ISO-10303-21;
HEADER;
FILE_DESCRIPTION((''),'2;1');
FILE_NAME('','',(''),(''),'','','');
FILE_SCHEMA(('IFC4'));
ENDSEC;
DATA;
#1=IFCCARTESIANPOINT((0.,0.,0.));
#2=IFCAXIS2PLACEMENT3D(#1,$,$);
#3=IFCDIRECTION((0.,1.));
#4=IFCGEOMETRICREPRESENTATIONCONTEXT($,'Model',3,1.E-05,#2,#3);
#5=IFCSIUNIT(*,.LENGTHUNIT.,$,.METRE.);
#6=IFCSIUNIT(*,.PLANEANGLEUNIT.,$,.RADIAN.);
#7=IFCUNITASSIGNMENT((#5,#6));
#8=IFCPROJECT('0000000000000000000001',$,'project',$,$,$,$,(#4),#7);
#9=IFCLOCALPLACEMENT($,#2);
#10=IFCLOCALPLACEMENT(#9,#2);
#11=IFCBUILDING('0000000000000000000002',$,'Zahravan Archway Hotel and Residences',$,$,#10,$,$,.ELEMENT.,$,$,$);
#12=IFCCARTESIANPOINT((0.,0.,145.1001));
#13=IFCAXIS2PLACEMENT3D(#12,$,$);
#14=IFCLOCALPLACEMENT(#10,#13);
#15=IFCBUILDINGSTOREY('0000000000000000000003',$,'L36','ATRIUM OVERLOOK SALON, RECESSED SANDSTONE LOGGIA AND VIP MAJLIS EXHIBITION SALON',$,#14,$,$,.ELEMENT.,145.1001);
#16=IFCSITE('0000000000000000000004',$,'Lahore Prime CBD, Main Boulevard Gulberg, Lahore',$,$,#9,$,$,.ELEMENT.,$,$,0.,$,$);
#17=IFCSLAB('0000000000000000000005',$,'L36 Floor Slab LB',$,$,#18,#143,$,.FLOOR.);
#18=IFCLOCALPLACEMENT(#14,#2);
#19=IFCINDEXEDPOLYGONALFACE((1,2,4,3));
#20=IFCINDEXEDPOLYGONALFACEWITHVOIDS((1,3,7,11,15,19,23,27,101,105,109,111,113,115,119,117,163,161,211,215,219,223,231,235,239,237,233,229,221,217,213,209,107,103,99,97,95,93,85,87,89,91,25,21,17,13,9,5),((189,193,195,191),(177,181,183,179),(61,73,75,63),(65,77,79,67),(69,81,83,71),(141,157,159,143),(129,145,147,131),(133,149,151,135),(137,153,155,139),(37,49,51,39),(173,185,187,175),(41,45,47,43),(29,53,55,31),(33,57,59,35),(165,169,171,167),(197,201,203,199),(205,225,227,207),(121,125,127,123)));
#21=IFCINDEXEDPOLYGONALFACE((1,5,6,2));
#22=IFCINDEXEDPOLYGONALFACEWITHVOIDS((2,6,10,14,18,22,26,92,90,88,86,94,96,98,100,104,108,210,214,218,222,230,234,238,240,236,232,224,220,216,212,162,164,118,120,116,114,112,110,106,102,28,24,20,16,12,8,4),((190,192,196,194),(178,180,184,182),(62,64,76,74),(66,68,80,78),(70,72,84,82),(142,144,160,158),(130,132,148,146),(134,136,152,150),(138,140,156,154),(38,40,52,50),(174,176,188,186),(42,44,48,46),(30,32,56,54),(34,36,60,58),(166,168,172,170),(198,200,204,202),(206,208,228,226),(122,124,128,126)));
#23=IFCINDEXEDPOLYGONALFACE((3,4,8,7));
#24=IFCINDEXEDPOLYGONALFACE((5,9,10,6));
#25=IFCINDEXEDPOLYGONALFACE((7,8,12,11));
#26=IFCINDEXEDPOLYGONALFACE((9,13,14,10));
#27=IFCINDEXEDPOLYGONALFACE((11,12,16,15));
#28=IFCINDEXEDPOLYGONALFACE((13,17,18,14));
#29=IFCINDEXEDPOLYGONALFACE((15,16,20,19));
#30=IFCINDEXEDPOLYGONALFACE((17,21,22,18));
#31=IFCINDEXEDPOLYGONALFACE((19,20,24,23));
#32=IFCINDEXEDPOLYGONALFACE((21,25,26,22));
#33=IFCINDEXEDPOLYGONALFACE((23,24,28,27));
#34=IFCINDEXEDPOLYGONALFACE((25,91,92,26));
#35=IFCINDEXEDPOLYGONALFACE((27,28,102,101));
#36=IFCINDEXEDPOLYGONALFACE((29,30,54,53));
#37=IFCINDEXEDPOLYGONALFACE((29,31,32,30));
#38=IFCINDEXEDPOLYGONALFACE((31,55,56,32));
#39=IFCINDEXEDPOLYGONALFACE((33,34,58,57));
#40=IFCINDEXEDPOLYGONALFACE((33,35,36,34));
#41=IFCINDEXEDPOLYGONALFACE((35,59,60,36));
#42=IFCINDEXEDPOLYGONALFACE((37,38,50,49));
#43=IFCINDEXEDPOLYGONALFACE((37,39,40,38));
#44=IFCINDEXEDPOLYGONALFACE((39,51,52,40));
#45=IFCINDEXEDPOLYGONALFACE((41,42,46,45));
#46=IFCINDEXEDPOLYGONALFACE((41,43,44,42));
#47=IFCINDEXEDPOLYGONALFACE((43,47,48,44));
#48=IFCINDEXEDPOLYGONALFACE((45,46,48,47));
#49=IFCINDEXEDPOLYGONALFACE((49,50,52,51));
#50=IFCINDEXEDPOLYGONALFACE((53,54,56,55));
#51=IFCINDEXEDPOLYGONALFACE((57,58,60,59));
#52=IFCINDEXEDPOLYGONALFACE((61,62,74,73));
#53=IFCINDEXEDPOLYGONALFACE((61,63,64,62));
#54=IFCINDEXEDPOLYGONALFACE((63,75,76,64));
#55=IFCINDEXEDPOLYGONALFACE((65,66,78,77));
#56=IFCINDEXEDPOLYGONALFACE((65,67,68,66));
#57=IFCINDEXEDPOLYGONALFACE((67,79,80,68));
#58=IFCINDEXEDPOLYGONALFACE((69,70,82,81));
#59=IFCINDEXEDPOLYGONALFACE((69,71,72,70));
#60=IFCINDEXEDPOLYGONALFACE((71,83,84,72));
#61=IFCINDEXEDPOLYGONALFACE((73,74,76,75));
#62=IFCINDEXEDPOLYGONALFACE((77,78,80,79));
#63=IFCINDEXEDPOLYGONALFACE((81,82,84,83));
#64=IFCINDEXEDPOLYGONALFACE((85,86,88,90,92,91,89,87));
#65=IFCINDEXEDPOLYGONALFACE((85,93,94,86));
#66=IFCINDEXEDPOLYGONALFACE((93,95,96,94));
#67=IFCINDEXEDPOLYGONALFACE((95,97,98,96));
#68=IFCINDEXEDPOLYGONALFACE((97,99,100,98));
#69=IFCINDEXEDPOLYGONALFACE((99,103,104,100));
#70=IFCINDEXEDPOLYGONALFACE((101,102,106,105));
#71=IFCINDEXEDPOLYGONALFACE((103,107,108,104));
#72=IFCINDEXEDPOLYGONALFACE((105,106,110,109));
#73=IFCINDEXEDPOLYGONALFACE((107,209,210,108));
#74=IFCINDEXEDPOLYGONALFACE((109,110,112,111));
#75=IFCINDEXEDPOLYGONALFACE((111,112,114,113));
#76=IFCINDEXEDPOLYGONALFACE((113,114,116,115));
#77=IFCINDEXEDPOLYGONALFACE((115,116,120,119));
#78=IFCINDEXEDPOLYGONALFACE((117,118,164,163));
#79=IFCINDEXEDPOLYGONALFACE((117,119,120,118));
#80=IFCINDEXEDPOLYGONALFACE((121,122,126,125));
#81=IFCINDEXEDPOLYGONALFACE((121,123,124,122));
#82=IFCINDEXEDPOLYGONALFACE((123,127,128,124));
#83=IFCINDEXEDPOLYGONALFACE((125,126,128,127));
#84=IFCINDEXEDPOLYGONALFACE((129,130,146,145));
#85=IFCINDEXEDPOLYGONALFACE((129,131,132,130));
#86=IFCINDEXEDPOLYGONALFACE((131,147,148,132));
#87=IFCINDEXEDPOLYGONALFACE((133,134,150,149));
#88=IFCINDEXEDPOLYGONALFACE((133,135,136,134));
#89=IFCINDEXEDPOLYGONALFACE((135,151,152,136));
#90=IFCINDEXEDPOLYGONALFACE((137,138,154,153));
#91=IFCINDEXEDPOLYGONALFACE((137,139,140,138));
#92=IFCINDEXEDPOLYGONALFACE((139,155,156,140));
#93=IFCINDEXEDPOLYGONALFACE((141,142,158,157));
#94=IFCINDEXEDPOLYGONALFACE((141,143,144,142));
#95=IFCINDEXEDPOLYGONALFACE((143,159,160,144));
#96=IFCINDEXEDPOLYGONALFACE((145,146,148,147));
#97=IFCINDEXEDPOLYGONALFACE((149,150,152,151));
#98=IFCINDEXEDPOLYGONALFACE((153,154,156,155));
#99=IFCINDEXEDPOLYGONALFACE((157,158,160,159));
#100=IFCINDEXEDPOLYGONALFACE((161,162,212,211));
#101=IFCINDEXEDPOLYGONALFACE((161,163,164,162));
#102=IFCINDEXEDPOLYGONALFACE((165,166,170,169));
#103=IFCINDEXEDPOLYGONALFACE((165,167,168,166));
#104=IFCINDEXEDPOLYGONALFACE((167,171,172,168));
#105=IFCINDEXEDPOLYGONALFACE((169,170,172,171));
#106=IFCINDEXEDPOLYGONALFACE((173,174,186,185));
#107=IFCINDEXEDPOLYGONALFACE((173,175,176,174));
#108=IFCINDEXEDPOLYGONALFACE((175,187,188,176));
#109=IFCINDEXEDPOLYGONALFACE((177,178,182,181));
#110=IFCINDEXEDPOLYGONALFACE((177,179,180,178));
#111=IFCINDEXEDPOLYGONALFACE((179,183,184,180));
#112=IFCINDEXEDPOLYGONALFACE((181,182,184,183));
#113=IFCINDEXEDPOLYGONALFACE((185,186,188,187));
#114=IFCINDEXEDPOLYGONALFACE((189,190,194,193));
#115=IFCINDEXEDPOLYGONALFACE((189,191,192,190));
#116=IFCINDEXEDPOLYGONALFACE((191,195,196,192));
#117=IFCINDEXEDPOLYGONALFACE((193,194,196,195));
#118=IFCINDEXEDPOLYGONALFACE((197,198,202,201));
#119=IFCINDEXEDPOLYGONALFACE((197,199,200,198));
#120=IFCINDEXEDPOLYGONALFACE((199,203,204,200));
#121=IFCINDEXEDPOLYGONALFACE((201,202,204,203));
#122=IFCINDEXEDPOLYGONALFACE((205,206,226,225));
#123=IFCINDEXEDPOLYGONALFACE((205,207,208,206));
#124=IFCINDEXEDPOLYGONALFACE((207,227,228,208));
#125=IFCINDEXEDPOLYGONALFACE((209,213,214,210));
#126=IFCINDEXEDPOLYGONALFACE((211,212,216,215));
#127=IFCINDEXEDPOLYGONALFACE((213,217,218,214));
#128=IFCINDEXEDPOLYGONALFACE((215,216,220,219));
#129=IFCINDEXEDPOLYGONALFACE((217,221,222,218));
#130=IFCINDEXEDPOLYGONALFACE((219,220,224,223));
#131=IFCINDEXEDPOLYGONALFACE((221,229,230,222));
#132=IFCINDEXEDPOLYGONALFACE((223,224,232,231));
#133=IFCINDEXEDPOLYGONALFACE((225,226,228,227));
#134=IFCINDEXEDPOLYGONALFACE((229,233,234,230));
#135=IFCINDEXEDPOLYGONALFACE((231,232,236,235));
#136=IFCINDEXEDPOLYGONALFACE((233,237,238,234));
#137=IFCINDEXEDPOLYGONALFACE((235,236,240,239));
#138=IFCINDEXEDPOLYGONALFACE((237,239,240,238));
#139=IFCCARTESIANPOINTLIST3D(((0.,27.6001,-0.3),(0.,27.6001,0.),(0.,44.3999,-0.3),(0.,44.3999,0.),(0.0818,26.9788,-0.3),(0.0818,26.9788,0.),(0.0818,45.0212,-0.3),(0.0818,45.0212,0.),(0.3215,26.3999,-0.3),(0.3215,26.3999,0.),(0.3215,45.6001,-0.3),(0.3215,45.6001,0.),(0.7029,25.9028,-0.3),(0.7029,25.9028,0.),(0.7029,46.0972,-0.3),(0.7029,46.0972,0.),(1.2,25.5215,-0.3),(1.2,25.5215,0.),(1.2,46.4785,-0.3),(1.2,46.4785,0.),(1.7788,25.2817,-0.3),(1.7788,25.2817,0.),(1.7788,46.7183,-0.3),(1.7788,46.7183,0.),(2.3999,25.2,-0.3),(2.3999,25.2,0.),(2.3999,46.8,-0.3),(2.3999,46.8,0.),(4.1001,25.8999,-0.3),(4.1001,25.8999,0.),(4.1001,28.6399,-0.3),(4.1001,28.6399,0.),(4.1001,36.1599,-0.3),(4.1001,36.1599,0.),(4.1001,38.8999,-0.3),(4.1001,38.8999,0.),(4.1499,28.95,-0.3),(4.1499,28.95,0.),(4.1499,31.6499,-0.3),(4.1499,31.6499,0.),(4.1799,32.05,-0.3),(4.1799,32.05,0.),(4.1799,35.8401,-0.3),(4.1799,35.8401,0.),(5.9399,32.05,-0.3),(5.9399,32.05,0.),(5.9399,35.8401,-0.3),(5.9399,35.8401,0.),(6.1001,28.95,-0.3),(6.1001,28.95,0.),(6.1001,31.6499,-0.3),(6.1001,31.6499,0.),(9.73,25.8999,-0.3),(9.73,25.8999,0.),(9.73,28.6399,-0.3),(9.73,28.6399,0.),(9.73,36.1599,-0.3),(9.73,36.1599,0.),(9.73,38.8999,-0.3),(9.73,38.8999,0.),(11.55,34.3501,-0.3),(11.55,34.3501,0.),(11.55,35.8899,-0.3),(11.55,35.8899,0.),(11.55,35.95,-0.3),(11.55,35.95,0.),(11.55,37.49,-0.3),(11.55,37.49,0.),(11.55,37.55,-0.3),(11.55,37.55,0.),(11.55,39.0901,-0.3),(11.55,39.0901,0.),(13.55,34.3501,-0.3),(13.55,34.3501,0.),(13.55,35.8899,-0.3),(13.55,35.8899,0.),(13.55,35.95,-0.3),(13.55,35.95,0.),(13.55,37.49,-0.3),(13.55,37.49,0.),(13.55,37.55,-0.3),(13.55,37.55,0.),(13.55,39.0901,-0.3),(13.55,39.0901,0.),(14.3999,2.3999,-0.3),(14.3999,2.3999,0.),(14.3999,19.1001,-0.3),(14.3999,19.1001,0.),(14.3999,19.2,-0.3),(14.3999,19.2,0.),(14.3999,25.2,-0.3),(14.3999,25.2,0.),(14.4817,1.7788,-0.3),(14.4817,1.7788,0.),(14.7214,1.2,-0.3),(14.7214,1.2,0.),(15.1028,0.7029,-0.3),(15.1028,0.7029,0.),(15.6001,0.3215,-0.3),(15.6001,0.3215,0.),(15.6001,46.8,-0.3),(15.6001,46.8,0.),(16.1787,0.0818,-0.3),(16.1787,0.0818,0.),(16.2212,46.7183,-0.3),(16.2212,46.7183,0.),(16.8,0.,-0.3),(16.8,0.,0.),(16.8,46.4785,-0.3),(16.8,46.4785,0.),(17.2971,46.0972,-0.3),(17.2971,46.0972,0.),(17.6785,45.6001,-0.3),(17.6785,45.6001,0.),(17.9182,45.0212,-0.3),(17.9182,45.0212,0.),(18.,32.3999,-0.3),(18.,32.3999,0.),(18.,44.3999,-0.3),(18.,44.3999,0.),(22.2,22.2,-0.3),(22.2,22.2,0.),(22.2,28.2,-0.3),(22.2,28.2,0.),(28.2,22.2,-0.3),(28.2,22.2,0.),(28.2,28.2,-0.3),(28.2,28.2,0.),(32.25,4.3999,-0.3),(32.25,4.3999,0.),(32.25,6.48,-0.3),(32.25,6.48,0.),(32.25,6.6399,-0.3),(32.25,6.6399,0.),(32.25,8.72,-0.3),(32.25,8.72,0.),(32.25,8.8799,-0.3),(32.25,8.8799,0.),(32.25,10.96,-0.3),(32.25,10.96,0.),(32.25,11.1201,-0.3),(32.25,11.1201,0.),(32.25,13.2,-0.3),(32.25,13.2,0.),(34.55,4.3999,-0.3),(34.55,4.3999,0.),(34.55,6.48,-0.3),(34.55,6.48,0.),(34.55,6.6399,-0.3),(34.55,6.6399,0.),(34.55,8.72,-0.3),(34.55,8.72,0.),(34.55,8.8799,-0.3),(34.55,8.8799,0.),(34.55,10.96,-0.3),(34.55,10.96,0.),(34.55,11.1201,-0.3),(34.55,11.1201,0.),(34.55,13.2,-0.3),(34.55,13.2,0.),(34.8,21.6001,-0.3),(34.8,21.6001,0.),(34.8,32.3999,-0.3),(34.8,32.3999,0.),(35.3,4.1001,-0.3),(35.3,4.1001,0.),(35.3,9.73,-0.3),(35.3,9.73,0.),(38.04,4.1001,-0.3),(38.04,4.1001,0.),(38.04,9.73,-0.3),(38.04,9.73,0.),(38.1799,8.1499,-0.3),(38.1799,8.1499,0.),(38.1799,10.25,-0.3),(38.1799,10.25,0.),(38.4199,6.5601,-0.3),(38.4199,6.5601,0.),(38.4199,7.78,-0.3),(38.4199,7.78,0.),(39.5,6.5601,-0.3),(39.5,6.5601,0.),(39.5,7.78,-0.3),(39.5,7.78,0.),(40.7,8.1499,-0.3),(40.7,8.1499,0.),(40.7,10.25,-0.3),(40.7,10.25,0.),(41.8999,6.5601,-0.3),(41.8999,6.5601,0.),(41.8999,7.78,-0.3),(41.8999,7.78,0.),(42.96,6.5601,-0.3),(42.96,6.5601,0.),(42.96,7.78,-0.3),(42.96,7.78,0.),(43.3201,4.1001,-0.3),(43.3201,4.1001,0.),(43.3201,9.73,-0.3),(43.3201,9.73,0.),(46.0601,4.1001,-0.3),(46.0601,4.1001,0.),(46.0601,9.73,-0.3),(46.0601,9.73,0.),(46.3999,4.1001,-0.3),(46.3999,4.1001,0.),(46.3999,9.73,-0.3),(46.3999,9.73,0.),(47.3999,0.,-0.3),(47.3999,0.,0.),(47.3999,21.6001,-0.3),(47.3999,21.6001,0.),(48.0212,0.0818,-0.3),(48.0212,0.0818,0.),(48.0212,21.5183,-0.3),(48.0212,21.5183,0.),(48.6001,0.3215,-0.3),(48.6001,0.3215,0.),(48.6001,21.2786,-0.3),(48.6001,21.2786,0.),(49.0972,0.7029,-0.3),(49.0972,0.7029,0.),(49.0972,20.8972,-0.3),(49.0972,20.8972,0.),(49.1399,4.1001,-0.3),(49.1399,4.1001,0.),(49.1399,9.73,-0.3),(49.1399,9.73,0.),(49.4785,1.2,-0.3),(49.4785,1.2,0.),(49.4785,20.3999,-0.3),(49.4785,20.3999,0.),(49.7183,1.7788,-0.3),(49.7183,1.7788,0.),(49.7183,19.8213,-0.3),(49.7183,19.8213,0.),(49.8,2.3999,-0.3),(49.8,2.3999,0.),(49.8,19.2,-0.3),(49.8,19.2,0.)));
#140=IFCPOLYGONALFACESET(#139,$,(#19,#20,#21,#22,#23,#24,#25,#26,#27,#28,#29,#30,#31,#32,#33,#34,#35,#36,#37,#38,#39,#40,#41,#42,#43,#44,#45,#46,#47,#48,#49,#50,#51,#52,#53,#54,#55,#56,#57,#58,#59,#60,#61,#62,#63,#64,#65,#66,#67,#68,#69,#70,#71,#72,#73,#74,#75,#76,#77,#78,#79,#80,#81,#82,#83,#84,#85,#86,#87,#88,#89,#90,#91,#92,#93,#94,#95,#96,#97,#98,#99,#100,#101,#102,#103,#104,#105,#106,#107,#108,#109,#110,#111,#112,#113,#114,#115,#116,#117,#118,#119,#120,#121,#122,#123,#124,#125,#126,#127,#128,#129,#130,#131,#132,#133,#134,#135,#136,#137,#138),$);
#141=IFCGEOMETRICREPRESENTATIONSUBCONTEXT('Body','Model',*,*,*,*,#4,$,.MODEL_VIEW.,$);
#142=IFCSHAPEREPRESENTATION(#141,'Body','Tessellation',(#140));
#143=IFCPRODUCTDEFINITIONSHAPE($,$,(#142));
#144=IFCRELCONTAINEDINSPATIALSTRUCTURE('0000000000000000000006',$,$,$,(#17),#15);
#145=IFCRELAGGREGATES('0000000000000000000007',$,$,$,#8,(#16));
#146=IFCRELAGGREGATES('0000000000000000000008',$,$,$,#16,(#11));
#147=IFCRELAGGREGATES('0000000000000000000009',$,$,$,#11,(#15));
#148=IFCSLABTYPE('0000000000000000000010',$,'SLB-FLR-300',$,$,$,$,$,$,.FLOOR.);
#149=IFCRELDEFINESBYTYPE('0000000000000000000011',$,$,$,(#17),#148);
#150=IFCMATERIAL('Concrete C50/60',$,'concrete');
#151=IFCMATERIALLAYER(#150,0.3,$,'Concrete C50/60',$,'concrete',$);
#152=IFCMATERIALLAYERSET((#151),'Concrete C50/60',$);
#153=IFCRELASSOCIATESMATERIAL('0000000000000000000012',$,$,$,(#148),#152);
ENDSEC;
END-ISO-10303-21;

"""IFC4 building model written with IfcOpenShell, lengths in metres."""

from ifc_helpers import new_model, si_unit, direction, frame, origin, place, context, subcontext, project, spatial, polyline, outline, extrude, material, layer, layer_set, type_object, element, save


model = new_model("IFC4")

# Units and contexts
model_context = context("Model", 3, precision=1e-05, world=origin(), true_north=direction((0.0, 1.0)))
body_context = subcontext(model_context, "Body", "Model", "MODEL_VIEW")
ifc_project = project(units=[si_unit("LENGTHUNIT", "METRE"), si_unit("PLANEANGLEUNIT", "RADIAN")], contexts=[model_context])

# Site, building, storey
site_placement = place(None, origin())
site = spatial("IfcSite", under=ifc_project, at=site_placement, Name="Lahore Prime CBD, Main Boulevard Gulberg, Lahore", CompositionType="ELEMENT", RefElevation=0.0)
building_placement = place(site_placement, origin())
building = spatial("IfcBuilding", under=site, at=building_placement, Name="Zahravan Archway Hotel and Residences", CompositionType="ELEMENT")
storey_placement = place(building_placement, frame((0.0, 0.0, 145.1001)))
storey = spatial("IfcBuildingStorey", under=building, at=storey_placement, Name="L36", Description="ATRIUM OVERLOOK SALON, RECESSED SANDSTONE LOGGIA AND VIP MAJLIS EXHIBITION SALON", CompositionType="ELEMENT", Elevation=145.1001)

# Slab
ifc_material_1 = material(Name="Concrete C50/60", Category="concrete")
ifc_layer_1 = layer(ifc_material_1, 0.3, Name="Concrete C50/60", Category="concrete")
ifc_layer_set_1 = layer_set([ifc_layer_1], Name="Concrete C50/60")
slab_type_1 = type_object("IfcSlabType", Name="SLB-FLR-300", PredefinedType="FLOOR", material=ifc_layer_set_1)
slab_1_placement = place(storey_placement, frame((0.0, 0.0, -0.3)))
element("IfcSlab", 1, at=slab_1_placement, inside=storey, type_object=slab_type_1, Name="L36 Floor Slab LB", PredefinedType="FLOOR", context=body_context, shape_type="SweptSolid", body=[
    extrude(outline(polyline([(34.8, 21.6001), (34.8, 32.3999), (18.0, 32.3999), (18.0, 44.3999), (17.9182, 45.0212), (17.6785, 45.6001), (17.2971, 46.0972), (16.8, 46.4785), (16.2212, 46.7183), (15.6001, 46.8), (2.3999, 46.8), (1.7788, 46.7183), (1.2, 46.4785), (0.7029, 46.0972), (0.3215, 45.6001), (0.0818, 45.0212), (0.0, 44.3999), (0.0, 27.6001), (0.0818, 26.9788), (0.3215, 26.3999), (0.7029, 25.9028), (1.2, 25.5215), (1.7788, 25.2817), (2.3999, 25.2), (14.3999, 25.2), (14.3999, 19.2), (14.3999, 19.1001), (14.3999, 2.3999), (14.4817, 1.7788), (14.7214, 1.2), (15.1028, 0.7029), (15.6001, 0.3215), (16.1787, 0.0818), (16.8, 0.0), (47.3999, 0.0), (48.0212, 0.0818), (48.6001, 0.3215), (49.0972, 0.7029), (49.4785, 1.2), (49.7183, 1.7788), (49.8, 2.3999), (49.8, 19.2), (49.7183, 19.8213), (49.4785, 20.3999), (49.0972, 20.8972), (48.6001, 21.2786), (48.0212, 21.5183), (47.3999, 21.6001), (34.8, 21.6001)]), holes=[polyline([(35.3, 9.73), (35.3, 4.1001), (38.04, 4.1001), (38.04, 9.73), (35.3, 9.73)]), polyline([(43.3201, 9.73), (43.3201, 4.1001), (46.0601, 4.1001), (46.0601, 9.73), (43.3201, 9.73)]), polyline([(46.3999, 9.73), (46.3999, 4.1001), (49.1399, 4.1001), (49.1399, 9.73), (46.3999, 9.73)]), polyline([(9.73, 28.6399), (4.1001, 28.6399), (4.1001, 25.8999), (9.73, 25.8999), (9.73, 28.6399)]), polyline([(9.73, 38.8999), (4.1001, 38.8999), (4.1001, 36.1599), (9.73, 36.1599), (9.73, 38.8999)]), polyline([(38.1799, 8.1499), (40.7, 8.1499), (40.7, 10.25), (38.1799, 10.25), (38.1799, 8.1499)]), polyline([(4.1499, 28.95), (6.1001, 28.95), (6.1001, 31.6499), (4.1499, 31.6499), (4.1499, 28.95)]), polyline([(11.55, 34.3501), (13.55, 34.3501), (13.55, 35.8899), (11.55, 35.8899), (11.55, 34.3501)]), polyline([(11.55, 35.95), (13.55, 35.95), (13.55, 37.49), (11.55, 37.49), (11.55, 35.95)]), polyline([(11.55, 37.55), (13.55, 37.55), (13.55, 39.0901), (11.55, 39.0901), (11.55, 37.55)]), polyline([(32.25, 4.3999), (34.55, 4.3999), (34.55, 6.48), (32.25, 6.48), (32.25, 4.3999)]), polyline([(32.25, 6.6399), (34.55, 6.6399), (34.55, 8.72), (32.25, 8.72), (32.25, 6.6399)]), polyline([(32.25, 8.8799), (34.55, 8.8799), (34.55, 10.96), (32.25, 10.96), (32.25, 8.8799)]), polyline([(32.25, 11.1201), (34.55, 11.1201), (34.55, 13.2), (32.25, 13.2), (32.25, 11.1201)]), polyline([(22.2, 22.2), (28.2, 22.2), (28.2, 28.2), (22.2, 28.2), (22.2, 22.2)]), polyline([(38.4199, 6.5601), (39.5, 6.5601), (39.5, 7.78), (38.4199, 7.78), (38.4199, 6.5601)]), polyline([(41.8999, 6.5601), (42.96, 6.5601), (42.96, 7.78), (41.8999, 7.78), (41.8999, 6.5601)]), polyline([(4.1799, 32.05), (5.9399, 32.05), (5.9399, 35.8401), (4.1799, 35.8401), (4.1799, 32.05)])]), origin(), (0.0, 0.0, 1.0), 0.3),
])

save(model, "model.ifc")
